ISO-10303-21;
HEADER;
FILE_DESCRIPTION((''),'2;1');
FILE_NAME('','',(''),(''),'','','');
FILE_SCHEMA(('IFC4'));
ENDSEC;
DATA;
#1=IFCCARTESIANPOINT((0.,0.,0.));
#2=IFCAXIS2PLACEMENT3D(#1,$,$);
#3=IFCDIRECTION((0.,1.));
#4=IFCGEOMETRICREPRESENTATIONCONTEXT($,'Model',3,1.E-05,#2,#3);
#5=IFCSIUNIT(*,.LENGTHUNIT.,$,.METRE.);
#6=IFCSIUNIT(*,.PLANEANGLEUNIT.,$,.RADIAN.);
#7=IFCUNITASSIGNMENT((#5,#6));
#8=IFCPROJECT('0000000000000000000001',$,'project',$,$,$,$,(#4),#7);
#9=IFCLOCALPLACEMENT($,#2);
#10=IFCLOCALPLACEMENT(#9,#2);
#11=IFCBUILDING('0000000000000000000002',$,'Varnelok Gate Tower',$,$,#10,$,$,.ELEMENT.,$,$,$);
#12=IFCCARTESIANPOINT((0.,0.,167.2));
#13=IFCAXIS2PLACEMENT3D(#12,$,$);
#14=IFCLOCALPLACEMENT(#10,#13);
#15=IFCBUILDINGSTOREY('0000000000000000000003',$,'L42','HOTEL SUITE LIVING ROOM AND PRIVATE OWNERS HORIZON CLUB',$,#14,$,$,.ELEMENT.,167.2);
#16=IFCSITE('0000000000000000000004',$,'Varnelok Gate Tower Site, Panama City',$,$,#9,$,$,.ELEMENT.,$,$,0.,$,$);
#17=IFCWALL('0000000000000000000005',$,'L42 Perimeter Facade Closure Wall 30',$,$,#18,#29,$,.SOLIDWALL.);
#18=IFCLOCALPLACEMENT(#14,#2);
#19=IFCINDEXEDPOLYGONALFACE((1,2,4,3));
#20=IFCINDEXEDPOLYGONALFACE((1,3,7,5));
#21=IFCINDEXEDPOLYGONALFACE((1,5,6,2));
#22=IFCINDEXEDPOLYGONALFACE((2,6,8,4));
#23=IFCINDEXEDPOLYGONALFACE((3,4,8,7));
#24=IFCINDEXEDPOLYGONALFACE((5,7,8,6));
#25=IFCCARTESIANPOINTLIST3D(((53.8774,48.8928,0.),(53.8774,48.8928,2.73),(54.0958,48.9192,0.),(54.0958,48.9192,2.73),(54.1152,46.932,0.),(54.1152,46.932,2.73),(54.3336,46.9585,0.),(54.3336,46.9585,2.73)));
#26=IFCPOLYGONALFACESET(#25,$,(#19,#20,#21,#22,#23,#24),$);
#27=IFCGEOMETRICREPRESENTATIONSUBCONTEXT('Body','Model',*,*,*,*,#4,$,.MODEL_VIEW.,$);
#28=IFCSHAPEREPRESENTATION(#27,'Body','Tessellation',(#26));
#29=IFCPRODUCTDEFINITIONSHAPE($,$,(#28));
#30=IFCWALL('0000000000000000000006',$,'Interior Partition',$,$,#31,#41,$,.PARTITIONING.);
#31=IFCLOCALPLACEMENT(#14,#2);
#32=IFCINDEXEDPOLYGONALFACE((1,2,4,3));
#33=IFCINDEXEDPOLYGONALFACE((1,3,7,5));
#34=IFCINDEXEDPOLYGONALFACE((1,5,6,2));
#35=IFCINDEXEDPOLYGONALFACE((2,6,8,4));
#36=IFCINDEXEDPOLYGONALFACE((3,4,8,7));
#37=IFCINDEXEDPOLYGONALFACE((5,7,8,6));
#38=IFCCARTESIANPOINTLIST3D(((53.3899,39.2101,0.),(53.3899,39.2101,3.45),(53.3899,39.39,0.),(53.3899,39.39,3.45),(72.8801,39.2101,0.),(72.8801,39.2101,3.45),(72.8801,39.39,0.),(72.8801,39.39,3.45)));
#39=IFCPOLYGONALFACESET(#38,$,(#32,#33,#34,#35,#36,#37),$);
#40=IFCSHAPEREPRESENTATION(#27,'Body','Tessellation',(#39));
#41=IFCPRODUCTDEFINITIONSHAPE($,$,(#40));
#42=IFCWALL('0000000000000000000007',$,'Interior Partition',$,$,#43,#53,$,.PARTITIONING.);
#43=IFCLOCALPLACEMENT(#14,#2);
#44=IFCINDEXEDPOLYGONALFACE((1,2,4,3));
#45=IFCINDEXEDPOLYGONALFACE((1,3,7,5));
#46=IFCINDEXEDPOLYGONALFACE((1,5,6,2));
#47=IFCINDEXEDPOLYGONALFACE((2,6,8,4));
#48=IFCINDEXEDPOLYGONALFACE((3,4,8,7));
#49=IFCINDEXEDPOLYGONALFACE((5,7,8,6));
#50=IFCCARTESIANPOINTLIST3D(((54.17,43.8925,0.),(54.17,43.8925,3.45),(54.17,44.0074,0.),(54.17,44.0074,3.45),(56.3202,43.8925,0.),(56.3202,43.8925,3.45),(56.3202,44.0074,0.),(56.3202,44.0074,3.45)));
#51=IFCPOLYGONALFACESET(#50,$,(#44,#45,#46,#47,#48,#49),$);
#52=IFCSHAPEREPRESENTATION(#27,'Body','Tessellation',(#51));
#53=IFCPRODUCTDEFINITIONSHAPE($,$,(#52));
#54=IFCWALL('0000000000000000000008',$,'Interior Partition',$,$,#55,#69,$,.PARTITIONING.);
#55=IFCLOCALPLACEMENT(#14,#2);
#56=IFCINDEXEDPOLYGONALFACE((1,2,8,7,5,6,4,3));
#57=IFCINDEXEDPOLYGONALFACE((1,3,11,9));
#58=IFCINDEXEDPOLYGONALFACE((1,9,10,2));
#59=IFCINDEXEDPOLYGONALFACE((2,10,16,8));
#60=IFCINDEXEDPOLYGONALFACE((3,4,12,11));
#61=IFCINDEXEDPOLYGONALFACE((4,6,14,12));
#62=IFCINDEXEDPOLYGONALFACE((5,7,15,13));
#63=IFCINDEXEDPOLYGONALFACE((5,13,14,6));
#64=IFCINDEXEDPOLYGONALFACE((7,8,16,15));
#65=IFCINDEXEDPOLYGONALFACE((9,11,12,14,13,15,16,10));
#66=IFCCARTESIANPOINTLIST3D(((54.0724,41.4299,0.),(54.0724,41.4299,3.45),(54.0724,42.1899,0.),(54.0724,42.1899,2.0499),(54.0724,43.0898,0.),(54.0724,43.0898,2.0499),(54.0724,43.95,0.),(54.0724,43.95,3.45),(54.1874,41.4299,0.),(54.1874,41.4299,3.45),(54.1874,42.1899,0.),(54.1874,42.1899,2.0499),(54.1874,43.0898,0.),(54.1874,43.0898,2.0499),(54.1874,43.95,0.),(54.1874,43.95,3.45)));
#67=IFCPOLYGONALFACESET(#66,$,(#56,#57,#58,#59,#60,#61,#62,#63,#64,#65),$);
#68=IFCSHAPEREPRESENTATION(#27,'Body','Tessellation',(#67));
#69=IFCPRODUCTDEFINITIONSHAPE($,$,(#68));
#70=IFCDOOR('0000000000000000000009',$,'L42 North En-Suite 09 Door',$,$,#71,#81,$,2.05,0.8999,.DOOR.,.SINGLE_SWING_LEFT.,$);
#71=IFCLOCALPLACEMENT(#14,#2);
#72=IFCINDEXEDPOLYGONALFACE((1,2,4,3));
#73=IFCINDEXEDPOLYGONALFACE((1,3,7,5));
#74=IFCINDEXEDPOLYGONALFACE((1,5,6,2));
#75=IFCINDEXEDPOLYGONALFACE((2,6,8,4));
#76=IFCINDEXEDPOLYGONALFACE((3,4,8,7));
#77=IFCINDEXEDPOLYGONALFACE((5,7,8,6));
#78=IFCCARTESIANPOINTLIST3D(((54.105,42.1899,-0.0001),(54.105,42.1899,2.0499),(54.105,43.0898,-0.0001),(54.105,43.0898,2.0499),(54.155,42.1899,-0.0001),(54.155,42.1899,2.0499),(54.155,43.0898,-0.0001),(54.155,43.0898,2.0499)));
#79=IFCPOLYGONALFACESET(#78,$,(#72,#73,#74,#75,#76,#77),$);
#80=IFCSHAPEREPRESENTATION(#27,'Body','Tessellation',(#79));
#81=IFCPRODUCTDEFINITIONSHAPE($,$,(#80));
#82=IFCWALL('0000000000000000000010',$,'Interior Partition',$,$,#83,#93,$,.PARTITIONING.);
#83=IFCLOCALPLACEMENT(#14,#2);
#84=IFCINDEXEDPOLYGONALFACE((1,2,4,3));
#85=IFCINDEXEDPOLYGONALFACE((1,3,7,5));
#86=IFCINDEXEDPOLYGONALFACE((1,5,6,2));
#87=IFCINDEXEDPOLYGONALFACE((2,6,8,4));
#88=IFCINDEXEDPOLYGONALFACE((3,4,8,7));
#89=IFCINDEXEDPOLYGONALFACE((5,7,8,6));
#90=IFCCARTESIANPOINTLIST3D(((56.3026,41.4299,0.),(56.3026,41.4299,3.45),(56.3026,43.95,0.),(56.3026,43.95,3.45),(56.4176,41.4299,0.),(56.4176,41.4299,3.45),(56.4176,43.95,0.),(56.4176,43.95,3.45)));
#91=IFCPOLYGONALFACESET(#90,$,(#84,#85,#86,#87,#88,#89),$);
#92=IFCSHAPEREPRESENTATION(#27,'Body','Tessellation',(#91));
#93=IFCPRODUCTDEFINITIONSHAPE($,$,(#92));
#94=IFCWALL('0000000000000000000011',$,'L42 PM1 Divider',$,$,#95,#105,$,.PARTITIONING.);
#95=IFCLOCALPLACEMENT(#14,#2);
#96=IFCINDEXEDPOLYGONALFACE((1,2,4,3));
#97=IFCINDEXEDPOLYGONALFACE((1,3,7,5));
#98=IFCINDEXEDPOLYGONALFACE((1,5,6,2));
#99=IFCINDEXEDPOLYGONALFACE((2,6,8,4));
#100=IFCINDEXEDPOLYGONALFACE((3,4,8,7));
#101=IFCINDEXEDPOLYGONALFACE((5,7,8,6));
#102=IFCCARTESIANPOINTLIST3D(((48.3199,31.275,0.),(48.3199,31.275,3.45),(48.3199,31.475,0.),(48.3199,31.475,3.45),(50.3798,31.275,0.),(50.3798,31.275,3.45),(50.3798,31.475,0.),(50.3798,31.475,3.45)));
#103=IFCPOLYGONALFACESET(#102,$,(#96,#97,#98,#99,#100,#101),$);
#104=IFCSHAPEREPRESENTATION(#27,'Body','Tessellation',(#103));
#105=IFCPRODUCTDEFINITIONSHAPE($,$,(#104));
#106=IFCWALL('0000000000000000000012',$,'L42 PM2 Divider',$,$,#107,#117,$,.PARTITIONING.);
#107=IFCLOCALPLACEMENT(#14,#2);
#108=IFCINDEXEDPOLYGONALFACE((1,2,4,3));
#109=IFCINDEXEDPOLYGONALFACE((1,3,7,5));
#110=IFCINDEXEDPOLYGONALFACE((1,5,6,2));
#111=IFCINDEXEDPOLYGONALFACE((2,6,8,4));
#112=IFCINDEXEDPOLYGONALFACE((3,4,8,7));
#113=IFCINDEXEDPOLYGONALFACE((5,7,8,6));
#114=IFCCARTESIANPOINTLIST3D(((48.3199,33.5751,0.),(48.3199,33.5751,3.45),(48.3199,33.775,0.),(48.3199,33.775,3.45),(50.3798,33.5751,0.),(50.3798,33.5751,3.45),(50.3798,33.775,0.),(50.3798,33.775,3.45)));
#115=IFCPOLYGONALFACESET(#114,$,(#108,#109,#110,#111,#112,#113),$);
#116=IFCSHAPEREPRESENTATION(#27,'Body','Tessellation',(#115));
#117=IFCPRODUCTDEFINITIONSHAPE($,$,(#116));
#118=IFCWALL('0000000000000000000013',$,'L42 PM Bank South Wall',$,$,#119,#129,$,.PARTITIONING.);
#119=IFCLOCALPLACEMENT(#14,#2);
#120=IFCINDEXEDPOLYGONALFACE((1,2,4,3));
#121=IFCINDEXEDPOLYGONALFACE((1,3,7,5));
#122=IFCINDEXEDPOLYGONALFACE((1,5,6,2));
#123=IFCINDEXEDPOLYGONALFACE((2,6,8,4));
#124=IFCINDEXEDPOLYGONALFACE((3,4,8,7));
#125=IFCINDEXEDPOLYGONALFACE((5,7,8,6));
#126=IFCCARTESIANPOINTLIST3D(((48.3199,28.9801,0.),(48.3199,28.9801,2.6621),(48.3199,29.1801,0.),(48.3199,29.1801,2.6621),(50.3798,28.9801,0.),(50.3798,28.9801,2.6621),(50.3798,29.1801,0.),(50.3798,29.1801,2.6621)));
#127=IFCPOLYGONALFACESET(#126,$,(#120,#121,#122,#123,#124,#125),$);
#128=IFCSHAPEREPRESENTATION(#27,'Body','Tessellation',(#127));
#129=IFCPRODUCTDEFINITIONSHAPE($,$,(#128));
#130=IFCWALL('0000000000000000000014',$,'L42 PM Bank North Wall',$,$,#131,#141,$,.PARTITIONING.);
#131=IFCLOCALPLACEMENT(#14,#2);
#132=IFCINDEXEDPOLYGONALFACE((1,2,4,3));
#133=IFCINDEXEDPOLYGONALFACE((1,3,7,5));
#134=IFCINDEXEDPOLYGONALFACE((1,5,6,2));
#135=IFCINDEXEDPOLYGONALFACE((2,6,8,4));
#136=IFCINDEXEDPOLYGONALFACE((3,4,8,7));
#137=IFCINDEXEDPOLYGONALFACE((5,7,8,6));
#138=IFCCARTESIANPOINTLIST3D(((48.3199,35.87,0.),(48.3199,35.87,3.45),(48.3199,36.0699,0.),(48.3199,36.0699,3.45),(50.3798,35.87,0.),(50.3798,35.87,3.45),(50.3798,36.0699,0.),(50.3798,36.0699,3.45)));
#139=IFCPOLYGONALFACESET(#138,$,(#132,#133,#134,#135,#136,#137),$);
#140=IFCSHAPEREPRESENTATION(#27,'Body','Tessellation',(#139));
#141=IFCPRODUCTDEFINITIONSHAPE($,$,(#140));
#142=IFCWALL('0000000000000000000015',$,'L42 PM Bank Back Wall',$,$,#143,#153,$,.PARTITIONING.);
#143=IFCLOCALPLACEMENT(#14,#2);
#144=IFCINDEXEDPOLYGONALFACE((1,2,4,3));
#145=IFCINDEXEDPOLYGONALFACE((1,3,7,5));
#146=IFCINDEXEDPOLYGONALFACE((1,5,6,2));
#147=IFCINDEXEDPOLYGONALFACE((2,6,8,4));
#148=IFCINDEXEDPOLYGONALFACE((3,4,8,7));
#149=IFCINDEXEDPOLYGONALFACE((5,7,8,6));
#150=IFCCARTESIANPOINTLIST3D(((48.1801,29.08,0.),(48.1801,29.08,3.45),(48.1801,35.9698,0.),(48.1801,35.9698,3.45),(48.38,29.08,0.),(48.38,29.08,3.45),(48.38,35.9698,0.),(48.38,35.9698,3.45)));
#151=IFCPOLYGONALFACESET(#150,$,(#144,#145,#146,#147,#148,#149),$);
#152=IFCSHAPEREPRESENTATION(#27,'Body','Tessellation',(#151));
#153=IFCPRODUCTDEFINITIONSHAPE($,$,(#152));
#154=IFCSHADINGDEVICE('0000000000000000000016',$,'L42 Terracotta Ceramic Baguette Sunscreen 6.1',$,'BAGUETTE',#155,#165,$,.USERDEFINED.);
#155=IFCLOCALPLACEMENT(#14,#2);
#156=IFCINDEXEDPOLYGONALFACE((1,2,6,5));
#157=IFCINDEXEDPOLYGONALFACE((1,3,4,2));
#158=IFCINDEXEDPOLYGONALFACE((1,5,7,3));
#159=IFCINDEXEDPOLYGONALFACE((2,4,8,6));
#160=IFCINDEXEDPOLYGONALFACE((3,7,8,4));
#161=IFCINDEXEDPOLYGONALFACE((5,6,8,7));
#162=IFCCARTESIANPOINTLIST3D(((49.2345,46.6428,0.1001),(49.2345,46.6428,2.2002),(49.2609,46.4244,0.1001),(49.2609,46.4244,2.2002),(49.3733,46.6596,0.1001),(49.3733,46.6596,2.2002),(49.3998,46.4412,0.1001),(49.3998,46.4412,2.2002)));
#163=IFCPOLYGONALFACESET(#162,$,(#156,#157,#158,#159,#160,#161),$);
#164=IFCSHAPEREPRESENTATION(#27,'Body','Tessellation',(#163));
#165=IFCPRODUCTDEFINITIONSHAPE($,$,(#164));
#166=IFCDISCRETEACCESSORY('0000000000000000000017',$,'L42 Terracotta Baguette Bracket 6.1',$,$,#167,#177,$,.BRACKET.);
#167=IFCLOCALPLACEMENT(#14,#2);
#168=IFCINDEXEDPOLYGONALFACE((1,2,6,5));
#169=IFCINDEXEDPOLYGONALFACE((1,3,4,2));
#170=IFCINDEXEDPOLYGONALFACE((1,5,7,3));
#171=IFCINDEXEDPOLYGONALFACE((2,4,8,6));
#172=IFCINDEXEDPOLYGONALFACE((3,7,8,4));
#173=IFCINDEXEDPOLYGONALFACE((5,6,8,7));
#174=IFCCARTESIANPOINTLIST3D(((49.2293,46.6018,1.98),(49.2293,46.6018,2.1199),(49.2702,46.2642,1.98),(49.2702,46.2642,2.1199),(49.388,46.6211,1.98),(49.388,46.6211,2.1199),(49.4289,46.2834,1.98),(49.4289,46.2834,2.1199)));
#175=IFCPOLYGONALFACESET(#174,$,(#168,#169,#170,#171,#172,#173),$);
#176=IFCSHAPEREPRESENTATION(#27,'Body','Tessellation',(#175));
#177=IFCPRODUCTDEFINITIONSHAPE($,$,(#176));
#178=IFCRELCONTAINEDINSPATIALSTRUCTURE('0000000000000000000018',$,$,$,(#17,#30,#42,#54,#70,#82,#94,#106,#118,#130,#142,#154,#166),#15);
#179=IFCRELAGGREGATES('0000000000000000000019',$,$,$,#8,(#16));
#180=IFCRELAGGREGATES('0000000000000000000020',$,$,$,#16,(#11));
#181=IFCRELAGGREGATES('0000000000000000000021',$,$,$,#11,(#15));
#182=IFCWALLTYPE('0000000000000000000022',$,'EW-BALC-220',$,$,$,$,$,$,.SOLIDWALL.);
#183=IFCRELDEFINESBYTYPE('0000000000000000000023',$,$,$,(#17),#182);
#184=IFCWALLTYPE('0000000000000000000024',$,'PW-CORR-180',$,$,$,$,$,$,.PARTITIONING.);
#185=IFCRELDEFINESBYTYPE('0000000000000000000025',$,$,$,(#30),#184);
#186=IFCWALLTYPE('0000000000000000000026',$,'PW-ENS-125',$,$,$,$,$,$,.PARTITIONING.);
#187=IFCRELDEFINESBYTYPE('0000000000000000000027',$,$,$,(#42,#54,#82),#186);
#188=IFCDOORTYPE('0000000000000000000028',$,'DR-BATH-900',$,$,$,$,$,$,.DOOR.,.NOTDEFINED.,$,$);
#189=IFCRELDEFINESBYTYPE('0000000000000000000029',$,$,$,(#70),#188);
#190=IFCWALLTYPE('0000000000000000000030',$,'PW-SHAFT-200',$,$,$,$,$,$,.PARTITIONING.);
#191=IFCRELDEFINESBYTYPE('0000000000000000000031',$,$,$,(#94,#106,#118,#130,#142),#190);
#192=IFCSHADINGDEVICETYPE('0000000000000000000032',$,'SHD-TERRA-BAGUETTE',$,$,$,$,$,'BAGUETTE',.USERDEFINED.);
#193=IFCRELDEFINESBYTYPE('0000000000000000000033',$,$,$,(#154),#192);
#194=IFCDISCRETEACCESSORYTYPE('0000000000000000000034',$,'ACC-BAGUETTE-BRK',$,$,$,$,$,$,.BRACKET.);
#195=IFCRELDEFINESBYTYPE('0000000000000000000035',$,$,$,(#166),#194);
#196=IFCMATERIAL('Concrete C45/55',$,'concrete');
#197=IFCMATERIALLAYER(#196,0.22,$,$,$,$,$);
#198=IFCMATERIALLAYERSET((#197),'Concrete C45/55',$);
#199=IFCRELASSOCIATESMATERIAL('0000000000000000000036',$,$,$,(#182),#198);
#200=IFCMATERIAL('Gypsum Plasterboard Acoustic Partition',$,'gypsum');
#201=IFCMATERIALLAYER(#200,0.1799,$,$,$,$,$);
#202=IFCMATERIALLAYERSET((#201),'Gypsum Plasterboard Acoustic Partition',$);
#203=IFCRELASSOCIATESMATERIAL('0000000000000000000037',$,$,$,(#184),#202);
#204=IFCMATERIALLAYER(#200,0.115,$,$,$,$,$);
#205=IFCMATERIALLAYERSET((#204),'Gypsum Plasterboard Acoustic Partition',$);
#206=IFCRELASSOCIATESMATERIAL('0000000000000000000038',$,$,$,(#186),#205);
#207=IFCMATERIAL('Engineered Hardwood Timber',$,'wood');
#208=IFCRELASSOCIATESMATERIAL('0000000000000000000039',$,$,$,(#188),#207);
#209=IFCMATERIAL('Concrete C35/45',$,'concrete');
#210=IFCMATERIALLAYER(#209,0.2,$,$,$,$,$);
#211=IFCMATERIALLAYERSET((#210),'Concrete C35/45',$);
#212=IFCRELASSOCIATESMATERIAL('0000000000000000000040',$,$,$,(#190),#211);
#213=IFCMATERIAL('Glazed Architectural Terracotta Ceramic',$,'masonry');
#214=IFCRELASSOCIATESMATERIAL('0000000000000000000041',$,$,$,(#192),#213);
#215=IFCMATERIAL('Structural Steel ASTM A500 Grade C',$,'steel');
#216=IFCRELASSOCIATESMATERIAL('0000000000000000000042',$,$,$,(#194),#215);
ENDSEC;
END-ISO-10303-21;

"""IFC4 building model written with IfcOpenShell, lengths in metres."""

from ifc_helpers import new_model, si_unit, direction, frame, frame_2d, origin, origin_2d, place, context, subcontext, project, spatial, rectangle, extrude, source, transform, mapped, material, layer, layer_set, type_object, element, fill, save


model = new_model("IFC4")

# Units and contexts
model_context = context("Model", 3, precision=1e-05, world=origin(), true_north=direction((0.0, 1.0)))
body_context = subcontext(model_context, "Body", "Model", "MODEL_VIEW")
ifc_project = project(units=[si_unit("LENGTHUNIT", "METRE"), si_unit("PLANEANGLEUNIT", "RADIAN")], contexts=[model_context])

# Site, building, storey
site_placement = place(None, origin())
site = spatial("IfcSite", under=ifc_project, at=site_placement, Name="Varnelok Gate Tower Site, Panama City", CompositionType="ELEMENT", RefElevation=0.0)
building_placement = place(site_placement, origin())
building = spatial("IfcBuilding", under=site, at=building_placement, Name="Varnelok Gate Tower", CompositionType="ELEMENT")
storey_placement = place(building_placement, frame((0.0, 0.0, 167.2)))
storey = spatial("IfcBuildingStorey", under=building, at=storey_placement, Name="L42", Description="HOTEL SUITE LIVING ROOM AND PRIVATE OWNERS HORIZON CLUB", CompositionType="ELEMENT", Elevation=167.2)

# Shared definitions
ifc_material_1 = material(Name="Concrete C45/55", Category="concrete")
ifc_layer_1 = layer(ifc_material_1, 0.22)
ifc_layer_set_1 = layer_set([ifc_layer_1], Name="Concrete C45/55")
wall_type_1 = type_object("IfcWallType", Name="EW-BALC-220", PredefinedType="SOLIDWALL", material=ifc_layer_set_1)

# Walls
wall_1_placement = place(storey_placement, frame((53.9866, 48.906, 0.0), z_axis=(0.0, 0.0, 1.0), x_axis=(0.120398, -0.992726, 0.0)))
element("IfcWall", 1, at=wall_1_placement, inside=storey, type_object=wall_type_1, Name="L42 Perimeter Facade Closure Wall 30", PredefinedType="SOLIDWALL", context=body_context, shape_type="SweptSolid", body=[
    extrude(rectangle(XDim=1.9751, YDim=0.22, at=frame_2d((0.9875, 0.0))), origin(), (0.0, 0.0, 1.0), 2.73),
])
ifc_material_2 = material(Name="Gypsum Plasterboard Acoustic Partition", Category="gypsum")
ifc_layer_2 = layer(ifc_material_2, 0.1799)
ifc_layer_set_2 = layer_set([ifc_layer_2], Name="Gypsum Plasterboard Acoustic Partition")
wall_type_2 = type_object("IfcWallType", Name="PW-CORR-180", PredefinedType="PARTITIONING", material=ifc_layer_set_2)
wall_2_placement = place(storey_placement, frame((53.3899, 39.3, 0.0), z_axis=(0.0, 0.0, 1.0), x_axis=(1.0, 0.0, 0.0)))
element("IfcWall", 2, at=wall_2_placement, inside=storey, type_object=wall_type_2, Name="Interior Partition", PredefinedType="PARTITIONING", context=body_context, shape_type="SweptSolid", body=[
    extrude(rectangle(XDim=19.4902, YDim=0.1799, at=frame_2d((9.7451, 0.0))), origin(), (0.0, 0.0, 1.0), 3.45),
])
ifc_layer_3 = layer(ifc_material_2, 0.115)
ifc_layer_set_3 = layer_set([ifc_layer_3], Name="Gypsum Plasterboard Acoustic Partition")
wall_type_3 = type_object("IfcWallType", Name="PW-ENS-125", PredefinedType="PARTITIONING", material=ifc_layer_set_3)
wall_3_placement = place(storey_placement, frame((54.1699, 43.95, 0.0), z_axis=(0.0, 0.0, 1.0), x_axis=(1.0, 0.0, 0.0)))
element("IfcWall", 3, at=wall_3_placement, inside=storey, type_object=wall_type_3, Name="Interior Partition", PredefinedType="PARTITIONING", context=body_context, shape_type="SweptSolid", body=[
    extrude(rectangle(XDim=2.1501, YDim=0.115, at=frame_2d((1.0752, 0.0))), origin(), (0.0, 0.0, 1.0), 3.45),
])

# Wall, opening, door
wall_4_placement = place(storey_placement, frame((54.1299, 41.4299, 0.0), z_axis=(0.0, 0.0, 1.0), x_axis=(0.0, 1.0, 0.0)))
wall_4 = element("IfcWall", 4, at=wall_4_placement, inside=storey, type_object=wall_type_3, Name="Interior Partition", PredefinedType="PARTITIONING", context=body_context, shape_type="SweptSolid", body=[
    extrude(rectangle(XDim=2.52, YDim=0.115, at=frame_2d((1.26, 0.0))), origin(), (0.0, 0.0, 1.0), 3.45),
])
opening_1_placement = place(wall_4_placement, frame((0.76, 0.0, 0.0)))
opening_1 = element("IfcOpeningElement", 5, at=opening_1_placement, cuts=wall_4, PredefinedType="OPENING", context=body_context, shape_type="SweptSolid", body=[
    extrude(rectangle(XDim=0.8999, YDim=2.05, at=frame_2d((0.45, 1.0249))), frame((0.0, 0.0674, 0.0), z_axis=(0.0, -1.0, 0.0), x_axis=(1.0, 0.0, 0.0)), (0.0, 0.0, 1.0), 0.135),
])
ifc_material_3 = material(Name="Engineered Hardwood Timber", Category="wood")
door_type_1 = type_object("IfcDoorType", Name="DR-BATH-900", OperationType="NOTDEFINED", PredefinedType="DOOR", material=ifc_material_3)
door_1_placement = place(opening_1_placement, origin())
door_1 = element("IfcDoor", 6, at=door_1_placement, inside=storey, type_object=door_type_1, Name="L42 North En-Suite 09 Door", OperationType="SINGLE_SWING_LEFT", OverallHeight=2.05, OverallWidth=0.8999, PredefinedType="DOOR", context=body_context, shape_type="SweptSolid", body=[
    extrude(rectangle(XDim=0.8999, YDim=2.05, at=frame_2d((0.45, 1.0249))), frame((0.0, 0.0249, 0.0), z_axis=(0.0, -1.0, 0.0), x_axis=(1.0, 0.0, 0.0)), (0.0, 0.0, 1.0), 0.05),
])
fill(opening_1, door_1)

# Walls
wall_5_placement = place(storey_placement, frame((56.3601, 41.4299, 0.0), z_axis=(0.0, 0.0, 1.0), x_axis=(0.0, 1.0, 0.0)))
element("IfcWall", 7, at=wall_5_placement, inside=storey, type_object=wall_type_3, Name="Interior Partition", PredefinedType="PARTITIONING", context=body_context, shape_type="SweptSolid", body=[
    extrude(rectangle(XDim=2.52, YDim=0.115, at=frame_2d((1.26, 0.0))), origin(), (0.0, 0.0, 1.0), 3.45),
])
ifc_material_4 = material(Name="Concrete C35/45", Category="concrete")
ifc_layer_4 = layer(ifc_material_4, 0.2)
ifc_layer_set_4 = layer_set([ifc_layer_4], Name="Concrete C35/45")
wall_type_4 = type_object("IfcWallType", Name="PW-SHAFT-200", PredefinedType="PARTITIONING", material=ifc_layer_set_4)
for number, where, z_axis, x_axis, name in (
    (8, (48.3201, 31.375, 0.0), (0.0, 0.0, 1.0), (1.0, 0.0, 0.0), "L42 PM1 Divider"),
    (9, (48.3201, 33.675, 0.0), (0.0, 0.0, 1.0), (1.0, 0.0, 0.0), "L42 PM2 Divider"),
):
    element("IfcWall", number, at=place(storey_placement, frame(where, z_axis=z_axis, x_axis=x_axis)), inside=storey, type_object=wall_type_4, Name=name, PredefinedType="PARTITIONING", context=body_context, shape_type="SweptSolid", body=[
        extrude(rectangle(XDim=2.0598, YDim=0.2, at=frame_2d((1.0298, 0.0))), origin(), (0.0, 0.0, 1.0), 3.45),
    ])
wall_6_placement = place(storey_placement, frame((48.3201, 29.0801, 0.0), z_axis=(0.0, 0.0, 1.0), x_axis=(1.0, 0.0, 0.0)))
element("IfcWall", 10, at=wall_6_placement, inside=storey, type_object=wall_type_4, Name="L42 PM Bank South Wall", PredefinedType="PARTITIONING", context=body_context, shape_type="SweptSolid", body=[
    extrude(rectangle(XDim=2.0598, YDim=0.2, at=frame_2d((1.0298, 0.0))), origin(), (0.0, 0.0, 1.0), 2.6621),
])
wall_7_placement = place(storey_placement, frame((48.3201, 35.97, 0.0), z_axis=(0.0, 0.0, 1.0), x_axis=(1.0, 0.0, 0.0)))
element("IfcWall", 11, at=wall_7_placement, inside=storey, type_object=wall_type_4, Name="L42 PM Bank North Wall", PredefinedType="PARTITIONING", context=body_context, shape_type="SweptSolid", body=[
    extrude(rectangle(XDim=2.0598, YDim=0.2, at=frame_2d((1.0298, 0.0))), origin(), (0.0, 0.0, 1.0), 3.45),
])
wall_8_placement = place(storey_placement, frame((48.28, 29.0801, 0.0), z_axis=(0.0, 0.0, 1.0), x_axis=(0.0, 1.0, 0.0)))
element("IfcWall", 12, at=wall_8_placement, inside=storey, type_object=wall_type_4, Name="L42 PM Bank Back Wall", PredefinedType="PARTITIONING", context=body_context, shape_type="SweptSolid", body=[
    extrude(rectangle(XDim=6.8899, YDim=0.2, at=frame_2d((3.4448, 0.0))), origin(), (0.0, 0.0, 1.0), 3.45),
])

# Shading device
ifc_material_5 = material(Name="Glazed Architectural Terracotta Ceramic", Category="masonry")
shading_device_type = type_object("IfcShadingDeviceType", Name="SHD-TERRA-BAGUETTE", ElementType="BAGUETTE", PredefinedType="USERDEFINED", material=ifc_material_5)
shared_shape_1 = source(origin(), body_context, "Body", "SweptSolid", [
    extrude(rectangle(XDim=0.1399, YDim=0.22, at=origin_2d()), origin(), (0.0, 0.0, 1.0), 2.1001),
])
shading_device_placement = place(storey_placement, frame((49.3171, 46.542, 0.1001), z_axis=(0.0, 0.0, 1.0), x_axis=(0.992732, 0.120345, 0.0)))
element("IfcShadingDevice", 13, at=shading_device_placement, inside=storey, type_object=shading_device_type, Name="L42 Terracotta Ceramic Baguette Sunscreen 6.1", ObjectType="BAGUETTE", PredefinedType="USERDEFINED", context=body_context, shape_type="MappedRepresentation", body=[
    mapped(shared_shape_1, transform((0.0, 0.0, 0.0), scale=1.0)),
])

# Discrete accessory
ifc_material_6 = material(Name="Structural Steel ASTM A500 Grade C", Category="steel")
discrete_accessory_type = type_object("IfcDiscreteAccessoryType", Name="ACC-BAGUETTE-BRK", PredefinedType="BRACKET", material=ifc_material_6)
shared_shape_2 = source(origin(), body_context, "Body", "SweptSolid", [
    extrude(rectangle(XDim=0.1599, YDim=0.3401, at=origin_2d()), origin(), (0.0, 0.0, 1.0), 0.1399),
])
discrete_accessory_placement = place(storey_placement, frame((49.3291, 46.4426, 1.98), z_axis=(0.0, 0.0, 1.0), x_axis=(0.992732, 0.120345, 0.0)))
element("IfcDiscreteAccessory", 14, at=discrete_accessory_placement, inside=storey, type_object=discrete_accessory_type, Name="L42 Terracotta Baguette Bracket 6.1", PredefinedType="BRACKET", context=body_context, shape_type="MappedRepresentation", body=[
    mapped(shared_shape_2, transform((0.0, 0.0, 0.0), scale=1.0)),
])

save(model, "model.ifc")
